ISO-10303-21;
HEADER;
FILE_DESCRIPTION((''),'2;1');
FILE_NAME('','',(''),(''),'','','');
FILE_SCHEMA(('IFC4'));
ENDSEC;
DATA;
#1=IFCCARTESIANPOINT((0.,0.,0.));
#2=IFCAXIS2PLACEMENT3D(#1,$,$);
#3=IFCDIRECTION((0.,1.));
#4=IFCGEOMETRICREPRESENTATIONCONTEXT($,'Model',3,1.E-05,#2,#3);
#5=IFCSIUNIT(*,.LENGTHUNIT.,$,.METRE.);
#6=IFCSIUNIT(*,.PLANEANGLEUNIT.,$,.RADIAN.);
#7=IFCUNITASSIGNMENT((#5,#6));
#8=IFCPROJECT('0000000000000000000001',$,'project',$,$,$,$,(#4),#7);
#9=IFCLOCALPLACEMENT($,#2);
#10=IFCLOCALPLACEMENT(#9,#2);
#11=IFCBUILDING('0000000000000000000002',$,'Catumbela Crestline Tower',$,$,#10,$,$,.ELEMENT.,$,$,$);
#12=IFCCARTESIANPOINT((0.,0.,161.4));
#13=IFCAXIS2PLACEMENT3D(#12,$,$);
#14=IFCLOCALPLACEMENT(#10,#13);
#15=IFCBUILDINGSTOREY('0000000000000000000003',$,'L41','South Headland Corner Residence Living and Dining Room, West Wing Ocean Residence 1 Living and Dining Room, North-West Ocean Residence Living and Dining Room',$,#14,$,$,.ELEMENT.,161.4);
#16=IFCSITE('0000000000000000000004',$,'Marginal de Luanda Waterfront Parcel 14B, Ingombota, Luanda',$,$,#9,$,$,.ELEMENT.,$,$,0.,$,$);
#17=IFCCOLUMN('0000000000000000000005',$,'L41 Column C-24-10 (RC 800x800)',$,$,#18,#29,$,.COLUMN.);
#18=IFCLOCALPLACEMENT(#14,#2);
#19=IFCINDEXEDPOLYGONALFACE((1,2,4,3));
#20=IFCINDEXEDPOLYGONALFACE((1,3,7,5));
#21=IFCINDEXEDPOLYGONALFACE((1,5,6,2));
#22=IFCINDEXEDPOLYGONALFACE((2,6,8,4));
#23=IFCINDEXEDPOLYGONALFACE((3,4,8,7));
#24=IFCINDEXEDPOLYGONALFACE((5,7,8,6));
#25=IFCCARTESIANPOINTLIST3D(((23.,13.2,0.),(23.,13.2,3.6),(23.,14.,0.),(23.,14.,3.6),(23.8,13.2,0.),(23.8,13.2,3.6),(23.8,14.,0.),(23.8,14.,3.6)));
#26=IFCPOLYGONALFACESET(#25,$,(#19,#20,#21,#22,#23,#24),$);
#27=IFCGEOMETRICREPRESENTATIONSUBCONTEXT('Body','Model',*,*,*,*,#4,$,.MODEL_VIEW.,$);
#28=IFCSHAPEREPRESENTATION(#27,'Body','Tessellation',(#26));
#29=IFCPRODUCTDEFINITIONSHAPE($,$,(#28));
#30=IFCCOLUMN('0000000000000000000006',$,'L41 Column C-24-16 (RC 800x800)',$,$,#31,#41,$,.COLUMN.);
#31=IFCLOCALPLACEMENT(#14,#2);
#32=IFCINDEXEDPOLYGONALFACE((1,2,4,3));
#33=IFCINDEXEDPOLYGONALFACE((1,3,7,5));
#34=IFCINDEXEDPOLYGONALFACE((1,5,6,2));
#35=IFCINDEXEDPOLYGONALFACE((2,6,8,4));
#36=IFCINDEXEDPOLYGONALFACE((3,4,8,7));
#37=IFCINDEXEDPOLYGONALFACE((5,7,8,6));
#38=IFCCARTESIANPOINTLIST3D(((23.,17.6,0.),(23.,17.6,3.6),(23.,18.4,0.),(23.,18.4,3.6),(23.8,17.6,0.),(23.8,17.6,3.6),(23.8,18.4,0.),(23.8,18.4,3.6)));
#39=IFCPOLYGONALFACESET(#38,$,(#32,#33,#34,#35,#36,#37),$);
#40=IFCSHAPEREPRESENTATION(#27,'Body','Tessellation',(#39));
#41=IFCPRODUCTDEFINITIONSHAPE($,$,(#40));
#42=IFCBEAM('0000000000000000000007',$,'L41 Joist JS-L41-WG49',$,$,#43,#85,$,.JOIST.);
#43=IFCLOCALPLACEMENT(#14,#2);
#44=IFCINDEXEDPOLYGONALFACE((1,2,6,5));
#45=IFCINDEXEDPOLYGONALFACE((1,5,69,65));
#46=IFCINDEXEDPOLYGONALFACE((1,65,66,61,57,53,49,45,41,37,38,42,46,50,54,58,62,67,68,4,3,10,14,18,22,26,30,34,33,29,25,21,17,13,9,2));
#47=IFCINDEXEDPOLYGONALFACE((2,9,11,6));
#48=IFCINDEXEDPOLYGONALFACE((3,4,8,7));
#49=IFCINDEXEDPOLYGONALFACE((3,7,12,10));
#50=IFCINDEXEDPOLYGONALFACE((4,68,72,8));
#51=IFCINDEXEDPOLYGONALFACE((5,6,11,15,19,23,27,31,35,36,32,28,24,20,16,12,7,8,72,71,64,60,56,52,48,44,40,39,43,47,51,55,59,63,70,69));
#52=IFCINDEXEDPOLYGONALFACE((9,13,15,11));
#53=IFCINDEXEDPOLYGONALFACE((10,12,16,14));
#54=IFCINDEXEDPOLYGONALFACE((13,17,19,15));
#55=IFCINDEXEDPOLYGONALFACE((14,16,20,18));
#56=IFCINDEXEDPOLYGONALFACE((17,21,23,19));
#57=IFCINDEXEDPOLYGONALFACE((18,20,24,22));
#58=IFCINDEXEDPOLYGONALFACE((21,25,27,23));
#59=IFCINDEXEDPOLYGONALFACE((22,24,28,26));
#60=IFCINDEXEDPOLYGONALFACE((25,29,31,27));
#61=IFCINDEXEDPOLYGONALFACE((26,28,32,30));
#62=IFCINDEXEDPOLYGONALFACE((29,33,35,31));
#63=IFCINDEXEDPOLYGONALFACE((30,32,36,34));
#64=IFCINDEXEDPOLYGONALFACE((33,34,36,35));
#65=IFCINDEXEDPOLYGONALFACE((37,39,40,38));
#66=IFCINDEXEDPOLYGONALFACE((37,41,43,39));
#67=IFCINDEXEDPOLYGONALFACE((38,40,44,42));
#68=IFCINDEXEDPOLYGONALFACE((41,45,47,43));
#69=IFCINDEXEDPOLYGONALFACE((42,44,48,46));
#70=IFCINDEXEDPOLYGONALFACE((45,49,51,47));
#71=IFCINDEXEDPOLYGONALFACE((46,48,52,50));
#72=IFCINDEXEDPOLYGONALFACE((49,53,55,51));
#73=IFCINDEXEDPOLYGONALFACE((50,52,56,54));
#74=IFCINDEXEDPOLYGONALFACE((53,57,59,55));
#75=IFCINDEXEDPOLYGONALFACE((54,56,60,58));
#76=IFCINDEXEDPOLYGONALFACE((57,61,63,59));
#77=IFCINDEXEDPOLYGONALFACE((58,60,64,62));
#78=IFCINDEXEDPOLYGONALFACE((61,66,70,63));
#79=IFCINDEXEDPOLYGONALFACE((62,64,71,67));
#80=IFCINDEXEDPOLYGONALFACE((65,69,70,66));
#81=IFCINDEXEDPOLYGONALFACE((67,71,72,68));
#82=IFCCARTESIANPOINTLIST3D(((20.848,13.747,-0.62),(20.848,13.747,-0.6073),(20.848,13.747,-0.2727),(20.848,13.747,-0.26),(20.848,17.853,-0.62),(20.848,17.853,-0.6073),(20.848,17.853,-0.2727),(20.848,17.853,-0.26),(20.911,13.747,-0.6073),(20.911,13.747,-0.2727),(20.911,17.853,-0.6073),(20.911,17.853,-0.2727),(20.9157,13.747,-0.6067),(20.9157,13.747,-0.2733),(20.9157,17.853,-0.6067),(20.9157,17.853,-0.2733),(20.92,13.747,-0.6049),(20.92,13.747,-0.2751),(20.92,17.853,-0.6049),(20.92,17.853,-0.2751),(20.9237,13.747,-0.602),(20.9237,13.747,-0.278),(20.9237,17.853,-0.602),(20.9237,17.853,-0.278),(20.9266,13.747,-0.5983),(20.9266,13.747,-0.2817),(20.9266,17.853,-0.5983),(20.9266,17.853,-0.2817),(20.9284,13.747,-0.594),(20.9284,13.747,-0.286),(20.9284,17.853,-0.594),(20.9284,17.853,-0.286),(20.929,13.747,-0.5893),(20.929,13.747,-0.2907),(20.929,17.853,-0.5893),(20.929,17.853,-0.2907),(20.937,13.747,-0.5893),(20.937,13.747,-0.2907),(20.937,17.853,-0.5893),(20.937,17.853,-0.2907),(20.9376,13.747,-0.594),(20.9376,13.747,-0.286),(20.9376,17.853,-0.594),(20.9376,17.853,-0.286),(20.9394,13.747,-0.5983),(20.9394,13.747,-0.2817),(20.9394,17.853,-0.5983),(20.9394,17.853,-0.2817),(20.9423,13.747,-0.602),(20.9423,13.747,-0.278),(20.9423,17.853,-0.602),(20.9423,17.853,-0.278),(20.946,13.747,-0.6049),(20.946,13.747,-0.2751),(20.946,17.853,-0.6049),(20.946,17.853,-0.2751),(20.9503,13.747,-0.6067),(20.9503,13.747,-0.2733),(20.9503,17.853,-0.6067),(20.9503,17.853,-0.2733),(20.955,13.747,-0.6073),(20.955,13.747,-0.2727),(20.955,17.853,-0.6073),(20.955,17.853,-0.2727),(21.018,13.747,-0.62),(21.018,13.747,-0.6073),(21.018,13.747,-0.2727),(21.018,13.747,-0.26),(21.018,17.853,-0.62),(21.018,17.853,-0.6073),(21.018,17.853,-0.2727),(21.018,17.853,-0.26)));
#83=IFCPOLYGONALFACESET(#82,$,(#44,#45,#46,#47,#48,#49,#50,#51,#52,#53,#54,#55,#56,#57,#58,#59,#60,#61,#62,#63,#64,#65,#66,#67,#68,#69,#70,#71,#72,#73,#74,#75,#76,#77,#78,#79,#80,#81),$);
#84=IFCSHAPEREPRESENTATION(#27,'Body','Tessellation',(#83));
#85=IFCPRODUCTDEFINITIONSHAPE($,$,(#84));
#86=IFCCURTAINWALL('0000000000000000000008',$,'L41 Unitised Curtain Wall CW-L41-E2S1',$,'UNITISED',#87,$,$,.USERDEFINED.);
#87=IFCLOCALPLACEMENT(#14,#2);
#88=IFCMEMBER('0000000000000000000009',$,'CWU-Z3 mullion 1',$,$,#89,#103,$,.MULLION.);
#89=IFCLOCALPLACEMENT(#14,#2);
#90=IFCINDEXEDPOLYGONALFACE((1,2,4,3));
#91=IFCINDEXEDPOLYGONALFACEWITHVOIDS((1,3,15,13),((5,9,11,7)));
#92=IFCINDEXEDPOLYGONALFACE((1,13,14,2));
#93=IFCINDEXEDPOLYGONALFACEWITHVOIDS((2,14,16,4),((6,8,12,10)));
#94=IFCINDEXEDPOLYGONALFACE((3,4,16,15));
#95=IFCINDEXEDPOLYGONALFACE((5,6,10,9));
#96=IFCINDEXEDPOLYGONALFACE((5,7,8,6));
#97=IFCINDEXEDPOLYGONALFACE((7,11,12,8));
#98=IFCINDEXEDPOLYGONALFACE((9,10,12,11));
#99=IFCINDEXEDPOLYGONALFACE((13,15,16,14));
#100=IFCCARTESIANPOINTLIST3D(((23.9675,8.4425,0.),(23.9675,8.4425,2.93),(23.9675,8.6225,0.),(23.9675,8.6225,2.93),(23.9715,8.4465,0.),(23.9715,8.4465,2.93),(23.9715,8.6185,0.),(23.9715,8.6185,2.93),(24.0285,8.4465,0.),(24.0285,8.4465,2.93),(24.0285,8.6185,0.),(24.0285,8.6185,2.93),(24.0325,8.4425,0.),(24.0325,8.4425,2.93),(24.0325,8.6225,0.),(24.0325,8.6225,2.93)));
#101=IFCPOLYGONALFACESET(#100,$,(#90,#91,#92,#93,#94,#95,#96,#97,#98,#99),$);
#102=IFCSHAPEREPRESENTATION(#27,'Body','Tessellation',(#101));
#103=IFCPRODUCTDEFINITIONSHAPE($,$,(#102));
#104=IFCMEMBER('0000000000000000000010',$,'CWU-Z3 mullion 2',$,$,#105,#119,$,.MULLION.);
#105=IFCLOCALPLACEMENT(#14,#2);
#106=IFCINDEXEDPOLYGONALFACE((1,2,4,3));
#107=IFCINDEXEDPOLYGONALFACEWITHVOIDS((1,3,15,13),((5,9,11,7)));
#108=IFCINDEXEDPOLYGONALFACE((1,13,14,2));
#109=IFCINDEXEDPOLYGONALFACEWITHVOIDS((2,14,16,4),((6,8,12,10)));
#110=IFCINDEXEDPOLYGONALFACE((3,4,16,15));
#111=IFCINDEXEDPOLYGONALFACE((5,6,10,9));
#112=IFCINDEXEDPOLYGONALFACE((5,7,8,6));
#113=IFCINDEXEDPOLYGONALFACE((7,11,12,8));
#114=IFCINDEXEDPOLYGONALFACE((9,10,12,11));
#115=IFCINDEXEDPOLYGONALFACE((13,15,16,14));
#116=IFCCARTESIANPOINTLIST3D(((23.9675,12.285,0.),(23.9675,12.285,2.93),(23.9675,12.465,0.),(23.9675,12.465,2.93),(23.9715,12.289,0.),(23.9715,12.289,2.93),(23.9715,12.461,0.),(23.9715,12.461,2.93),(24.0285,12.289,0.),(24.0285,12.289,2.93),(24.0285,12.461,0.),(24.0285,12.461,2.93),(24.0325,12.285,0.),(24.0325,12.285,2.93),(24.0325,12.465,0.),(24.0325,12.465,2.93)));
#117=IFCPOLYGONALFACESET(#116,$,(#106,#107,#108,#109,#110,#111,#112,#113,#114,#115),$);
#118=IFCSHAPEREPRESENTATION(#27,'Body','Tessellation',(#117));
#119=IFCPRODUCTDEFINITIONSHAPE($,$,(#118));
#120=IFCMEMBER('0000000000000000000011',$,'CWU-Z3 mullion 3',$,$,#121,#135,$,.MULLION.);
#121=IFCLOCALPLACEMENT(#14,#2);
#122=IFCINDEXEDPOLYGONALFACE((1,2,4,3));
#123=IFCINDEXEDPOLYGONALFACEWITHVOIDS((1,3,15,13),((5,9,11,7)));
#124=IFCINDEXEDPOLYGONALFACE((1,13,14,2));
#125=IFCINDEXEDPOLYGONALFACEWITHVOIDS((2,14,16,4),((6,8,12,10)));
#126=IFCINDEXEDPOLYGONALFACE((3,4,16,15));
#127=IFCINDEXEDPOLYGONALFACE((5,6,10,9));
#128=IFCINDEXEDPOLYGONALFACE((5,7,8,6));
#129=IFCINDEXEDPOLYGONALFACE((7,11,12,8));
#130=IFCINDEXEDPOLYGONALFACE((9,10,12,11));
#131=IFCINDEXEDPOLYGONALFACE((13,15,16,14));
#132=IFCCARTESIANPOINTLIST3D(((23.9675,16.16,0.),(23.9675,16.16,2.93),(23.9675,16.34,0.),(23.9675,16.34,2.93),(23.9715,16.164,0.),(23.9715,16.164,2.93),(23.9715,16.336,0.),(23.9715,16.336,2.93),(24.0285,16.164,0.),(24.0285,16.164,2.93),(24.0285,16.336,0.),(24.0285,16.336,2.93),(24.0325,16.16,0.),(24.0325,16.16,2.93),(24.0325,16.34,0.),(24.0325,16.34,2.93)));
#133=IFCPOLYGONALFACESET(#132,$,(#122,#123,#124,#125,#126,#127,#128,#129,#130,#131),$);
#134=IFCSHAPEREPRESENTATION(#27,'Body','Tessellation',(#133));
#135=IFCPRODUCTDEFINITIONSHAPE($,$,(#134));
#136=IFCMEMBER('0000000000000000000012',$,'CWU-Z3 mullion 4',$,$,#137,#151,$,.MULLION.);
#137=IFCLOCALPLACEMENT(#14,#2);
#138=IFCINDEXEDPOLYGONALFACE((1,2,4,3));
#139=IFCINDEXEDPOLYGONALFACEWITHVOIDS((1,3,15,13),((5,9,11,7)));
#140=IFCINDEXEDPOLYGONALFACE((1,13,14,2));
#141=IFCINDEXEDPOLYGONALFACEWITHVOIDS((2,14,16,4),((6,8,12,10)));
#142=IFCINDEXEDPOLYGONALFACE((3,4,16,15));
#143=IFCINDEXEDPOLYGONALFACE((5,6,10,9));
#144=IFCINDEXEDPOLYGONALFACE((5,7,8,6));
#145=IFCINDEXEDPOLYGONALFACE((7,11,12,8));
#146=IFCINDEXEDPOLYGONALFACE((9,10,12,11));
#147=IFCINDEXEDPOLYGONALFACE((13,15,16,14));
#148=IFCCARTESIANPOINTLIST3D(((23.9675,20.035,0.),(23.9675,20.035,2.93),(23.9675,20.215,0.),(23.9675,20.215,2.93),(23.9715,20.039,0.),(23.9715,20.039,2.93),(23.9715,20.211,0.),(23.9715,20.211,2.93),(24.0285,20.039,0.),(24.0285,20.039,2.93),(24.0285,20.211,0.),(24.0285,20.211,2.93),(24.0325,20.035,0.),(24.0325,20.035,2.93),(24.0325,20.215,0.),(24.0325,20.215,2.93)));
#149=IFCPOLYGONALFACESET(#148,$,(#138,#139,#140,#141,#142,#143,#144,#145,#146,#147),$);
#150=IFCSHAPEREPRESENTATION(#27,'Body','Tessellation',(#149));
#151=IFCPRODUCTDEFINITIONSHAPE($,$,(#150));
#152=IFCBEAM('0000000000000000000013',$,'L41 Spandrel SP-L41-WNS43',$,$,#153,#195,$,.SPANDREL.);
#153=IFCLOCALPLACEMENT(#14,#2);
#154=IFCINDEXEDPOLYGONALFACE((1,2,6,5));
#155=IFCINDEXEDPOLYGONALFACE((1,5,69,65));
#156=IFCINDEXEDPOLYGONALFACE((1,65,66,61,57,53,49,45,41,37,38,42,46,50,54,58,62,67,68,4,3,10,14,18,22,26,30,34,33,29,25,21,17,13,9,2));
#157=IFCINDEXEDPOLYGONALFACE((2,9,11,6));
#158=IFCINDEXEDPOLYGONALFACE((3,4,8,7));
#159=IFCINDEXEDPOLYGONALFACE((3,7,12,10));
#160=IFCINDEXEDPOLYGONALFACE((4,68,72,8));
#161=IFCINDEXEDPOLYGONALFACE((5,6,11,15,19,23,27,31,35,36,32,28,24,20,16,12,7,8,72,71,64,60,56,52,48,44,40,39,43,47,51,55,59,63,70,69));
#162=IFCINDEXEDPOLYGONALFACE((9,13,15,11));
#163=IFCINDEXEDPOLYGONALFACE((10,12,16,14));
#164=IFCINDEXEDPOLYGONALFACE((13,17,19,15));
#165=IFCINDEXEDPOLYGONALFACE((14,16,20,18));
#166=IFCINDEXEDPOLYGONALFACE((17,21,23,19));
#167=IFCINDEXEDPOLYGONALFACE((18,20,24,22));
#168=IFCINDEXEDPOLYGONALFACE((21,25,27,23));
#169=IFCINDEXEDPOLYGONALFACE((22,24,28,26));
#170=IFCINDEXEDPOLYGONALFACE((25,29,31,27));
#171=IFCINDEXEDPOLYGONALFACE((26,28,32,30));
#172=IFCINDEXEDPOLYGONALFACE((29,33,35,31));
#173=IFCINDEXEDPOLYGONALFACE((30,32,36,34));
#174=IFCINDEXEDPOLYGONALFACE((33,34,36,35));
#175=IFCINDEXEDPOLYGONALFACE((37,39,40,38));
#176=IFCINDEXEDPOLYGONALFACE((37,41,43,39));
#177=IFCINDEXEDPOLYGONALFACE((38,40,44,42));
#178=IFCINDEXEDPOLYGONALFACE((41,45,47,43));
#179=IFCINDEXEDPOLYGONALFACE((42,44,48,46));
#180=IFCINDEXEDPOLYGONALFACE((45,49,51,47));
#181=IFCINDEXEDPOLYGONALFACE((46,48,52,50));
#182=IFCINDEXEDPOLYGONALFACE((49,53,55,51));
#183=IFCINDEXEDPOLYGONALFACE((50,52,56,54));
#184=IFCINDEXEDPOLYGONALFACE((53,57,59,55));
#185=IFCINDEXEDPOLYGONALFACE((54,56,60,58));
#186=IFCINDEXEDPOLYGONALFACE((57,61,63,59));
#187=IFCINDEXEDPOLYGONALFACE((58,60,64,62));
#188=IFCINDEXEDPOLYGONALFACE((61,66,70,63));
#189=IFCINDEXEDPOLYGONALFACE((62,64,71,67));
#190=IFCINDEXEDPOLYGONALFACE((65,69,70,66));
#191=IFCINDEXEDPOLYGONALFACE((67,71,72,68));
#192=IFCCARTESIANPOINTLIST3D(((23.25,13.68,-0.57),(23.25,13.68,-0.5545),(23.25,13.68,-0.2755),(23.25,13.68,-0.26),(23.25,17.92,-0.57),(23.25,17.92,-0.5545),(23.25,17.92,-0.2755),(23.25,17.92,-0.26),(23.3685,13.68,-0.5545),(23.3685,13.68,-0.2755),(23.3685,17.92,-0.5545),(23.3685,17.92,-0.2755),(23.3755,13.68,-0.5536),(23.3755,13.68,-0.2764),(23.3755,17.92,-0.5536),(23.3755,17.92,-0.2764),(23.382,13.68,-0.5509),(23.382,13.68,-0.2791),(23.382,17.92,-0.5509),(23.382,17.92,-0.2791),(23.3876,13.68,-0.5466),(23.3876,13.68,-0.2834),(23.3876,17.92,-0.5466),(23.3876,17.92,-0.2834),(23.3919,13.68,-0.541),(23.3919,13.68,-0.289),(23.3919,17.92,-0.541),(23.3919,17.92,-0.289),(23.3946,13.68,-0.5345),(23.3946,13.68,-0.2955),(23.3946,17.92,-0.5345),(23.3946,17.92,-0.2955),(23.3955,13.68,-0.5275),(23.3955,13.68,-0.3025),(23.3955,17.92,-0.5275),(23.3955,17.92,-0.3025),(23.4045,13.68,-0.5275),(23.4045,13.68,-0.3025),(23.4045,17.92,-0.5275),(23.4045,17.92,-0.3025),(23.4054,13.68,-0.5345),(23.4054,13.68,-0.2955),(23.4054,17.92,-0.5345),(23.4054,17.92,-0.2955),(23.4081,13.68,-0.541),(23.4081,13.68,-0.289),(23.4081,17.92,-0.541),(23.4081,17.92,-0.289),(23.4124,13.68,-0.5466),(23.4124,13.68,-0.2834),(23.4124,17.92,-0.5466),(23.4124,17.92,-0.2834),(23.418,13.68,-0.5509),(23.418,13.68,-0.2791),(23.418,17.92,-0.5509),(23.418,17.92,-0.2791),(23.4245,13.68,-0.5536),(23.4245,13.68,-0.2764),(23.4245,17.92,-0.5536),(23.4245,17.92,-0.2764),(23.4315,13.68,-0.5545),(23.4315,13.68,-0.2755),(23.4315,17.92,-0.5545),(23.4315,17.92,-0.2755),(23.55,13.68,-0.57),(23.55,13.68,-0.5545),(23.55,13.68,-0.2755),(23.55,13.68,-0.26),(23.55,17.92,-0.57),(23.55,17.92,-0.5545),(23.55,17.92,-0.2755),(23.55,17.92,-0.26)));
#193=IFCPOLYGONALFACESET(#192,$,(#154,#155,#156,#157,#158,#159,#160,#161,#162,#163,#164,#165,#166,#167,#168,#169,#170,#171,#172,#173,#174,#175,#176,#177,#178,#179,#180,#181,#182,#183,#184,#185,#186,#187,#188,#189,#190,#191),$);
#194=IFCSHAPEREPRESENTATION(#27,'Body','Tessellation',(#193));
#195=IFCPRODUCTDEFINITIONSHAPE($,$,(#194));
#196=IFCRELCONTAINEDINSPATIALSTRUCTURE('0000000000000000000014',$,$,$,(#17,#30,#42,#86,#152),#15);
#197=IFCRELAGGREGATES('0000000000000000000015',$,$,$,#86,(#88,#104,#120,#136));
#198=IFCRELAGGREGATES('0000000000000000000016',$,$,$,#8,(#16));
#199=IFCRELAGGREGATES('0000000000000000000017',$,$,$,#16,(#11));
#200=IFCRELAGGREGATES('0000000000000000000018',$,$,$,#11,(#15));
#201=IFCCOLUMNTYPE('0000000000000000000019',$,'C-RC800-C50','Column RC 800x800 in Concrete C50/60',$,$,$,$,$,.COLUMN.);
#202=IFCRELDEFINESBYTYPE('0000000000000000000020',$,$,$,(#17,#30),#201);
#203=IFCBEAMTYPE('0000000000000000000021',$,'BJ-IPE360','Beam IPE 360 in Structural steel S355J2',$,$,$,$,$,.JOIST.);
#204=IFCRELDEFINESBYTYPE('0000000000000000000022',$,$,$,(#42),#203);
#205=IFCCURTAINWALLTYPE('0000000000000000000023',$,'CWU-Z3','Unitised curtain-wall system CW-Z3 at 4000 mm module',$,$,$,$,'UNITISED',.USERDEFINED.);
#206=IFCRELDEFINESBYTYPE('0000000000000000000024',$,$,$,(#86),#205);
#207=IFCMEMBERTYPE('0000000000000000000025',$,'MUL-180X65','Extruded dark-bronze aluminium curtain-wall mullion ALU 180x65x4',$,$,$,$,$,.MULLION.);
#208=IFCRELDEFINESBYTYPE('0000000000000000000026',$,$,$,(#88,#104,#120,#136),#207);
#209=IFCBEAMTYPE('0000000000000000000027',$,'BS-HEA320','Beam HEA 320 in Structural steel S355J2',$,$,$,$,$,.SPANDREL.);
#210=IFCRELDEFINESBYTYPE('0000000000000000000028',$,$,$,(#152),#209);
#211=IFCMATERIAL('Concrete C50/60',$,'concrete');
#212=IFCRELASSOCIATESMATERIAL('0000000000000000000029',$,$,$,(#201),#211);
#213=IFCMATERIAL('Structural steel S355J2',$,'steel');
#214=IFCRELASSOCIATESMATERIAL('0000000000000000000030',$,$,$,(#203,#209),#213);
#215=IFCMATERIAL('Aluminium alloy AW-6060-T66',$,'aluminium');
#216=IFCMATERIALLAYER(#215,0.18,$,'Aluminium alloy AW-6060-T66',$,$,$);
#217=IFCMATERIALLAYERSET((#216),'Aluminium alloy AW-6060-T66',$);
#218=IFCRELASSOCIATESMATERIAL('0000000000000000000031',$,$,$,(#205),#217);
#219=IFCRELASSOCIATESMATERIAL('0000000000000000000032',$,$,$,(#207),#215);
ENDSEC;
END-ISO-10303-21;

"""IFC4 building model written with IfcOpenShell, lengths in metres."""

from ifc_helpers import new_model, si_unit, direction, frame, origin, origin_2d, place, context, subcontext, project, spatial, rectangle, hollow_rectangle, i_section, extrude, material, layer, layer_set, material_profile, profile_set, type_object, element, aggregate, save


model = new_model("IFC4")

# Units and contexts
model_context = context("Model", 3, precision=1e-05, world=origin(), true_north=direction((0.0, 1.0)))
body_context = subcontext(model_context, "Body", "Model", "MODEL_VIEW")
ifc_project = project(units=[si_unit("LENGTHUNIT", "METRE"), si_unit("PLANEANGLEUNIT", "RADIAN")], contexts=[model_context])

# Site, building, storey
site_placement = place(None, origin())
site = spatial("IfcSite", under=ifc_project, at=site_placement, Name="Marginal de Luanda Waterfront Parcel 14B, Ingombota, Luanda", CompositionType="ELEMENT", RefElevation=0.0)
building_placement = place(site_placement, origin())
building = spatial("IfcBuilding", under=site, at=building_placement, Name="Catumbela Crestline Tower", CompositionType="ELEMENT")
storey_placement = place(building_placement, frame((0.0, 0.0, 161.4)))
storey = spatial("IfcBuildingStorey", under=building, at=storey_placement, Name="L41", Description="South Headland Corner Residence Living and Dining Room, West Wing Ocean Residence 1 Living and Dining Room, North-West Ocean Residence Living and Dining Room", CompositionType="ELEMENT", Elevation=161.4)

# Columns
ifc_material_1 = material(Name="Concrete C50/60", Category="concrete")
ifc_material_profile_1 = material_profile(ifc_material_1, rectangle(XDim=0.8, YDim=0.8, at=origin_2d()), Name="RC 800x800")
ifc_profile_set_1 = profile_set([ifc_material_profile_1], Name="Concrete C50/60")
column_type = type_object("IfcColumnType", Name="C-RC800-C50", Description="Column RC 800x800 in Concrete C50/60", PredefinedType="COLUMN", material=ifc_profile_set_1)
for number, where, z_axis, x_axis, name in (
    (1, (23.4, 13.6, 0.0), (0.0, 0.0, 1.0), (1.0, 0.0, 0.0), "L41 Column C-24-10 (RC 800x800)"),
    (2, (23.4, 18.0, 0.0), (0.0, 0.0, 1.0), (1.0, 0.0, 0.0), "L41 Column C-24-16 (RC 800x800)"),
):
    element("IfcColumn", number, at=place(storey_placement, frame(where, z_axis=z_axis, x_axis=x_axis)), inside=storey, type_object=column_type, Name=name, PredefinedType="COLUMN", context=body_context, shape_type="SweptSolid", body=[
        extrude(rectangle(XDim=0.8, YDim=0.8, at=origin_2d()), origin(), (0.0, 0.0, 1.0), 3.6),
    ])

# Beam
ifc_material_2 = material(Name="Structural steel S355J2", Category="steel")
ifc_material_profile_2 = material_profile(ifc_material_2, i_section(OverallWidth=0.17, OverallDepth=0.36, WebThickness=0.008, FlangeThickness=0.0127, FilletRadius=0.018, at=origin_2d()), Name="IPE 360")
ifc_profile_set_2 = profile_set([ifc_material_profile_2], Name="Structural steel S355J2")
beam_type_1 = type_object("IfcBeamType", Name="BJ-IPE360", Description="Beam IPE 360 in Structural steel S355J2", PredefinedType="JOIST", material=ifc_profile_set_2)
beam_1_placement = place(storey_placement, frame((20.933, 13.747, -0.44), z_axis=(0.0, 1.0, 0.0), x_axis=(-1.0, 0.0, 0.0)))
element("IfcBeam", 3, at=beam_1_placement, inside=storey, type_object=beam_type_1, Name="L41 Joist JS-L41-WG49", PredefinedType="JOIST", context=body_context, shape_type="SweptSolid", body=[
    extrude(i_section(OverallWidth=0.17, OverallDepth=0.36, WebThickness=0.008, FlangeThickness=0.0127, FilletRadius=0.018, at=origin_2d()), origin(), (0.0, 0.0, 1.0), 4.106),
])

# Curtain wall, members
ifc_material_3 = material(Name="Aluminium alloy AW-6060-T66", Category="aluminium")
ifc_layer_1 = layer(ifc_material_3, 0.18, Name="Aluminium alloy AW-6060-T66")
ifc_layer_set_1 = layer_set([ifc_layer_1], Name="Aluminium alloy AW-6060-T66")
curtain_wall_type = type_object("IfcCurtainWallType", Name="CWU-Z3", Description="Unitised curtain-wall system CW-Z3 at 4000 mm module", ElementType="UNITISED", PredefinedType="USERDEFINED", material=ifc_layer_set_1)
curtain_wall_placement = place(storey_placement, origin())
curtain_wall = element("IfcCurtainWall", 4, at=curtain_wall_placement, inside=storey, type_object=curtain_wall_type, Name="L41 Unitised Curtain Wall CW-L41-E2S1", ObjectType="UNITISED", PredefinedType="USERDEFINED")
ifc_material_profile_3 = material_profile(ifc_material_3, hollow_rectangle(XDim=0.065, YDim=0.18, WallThickness=0.004, at=origin_2d()), Name="ALU 180x65x4")
ifc_profile_set_3 = profile_set([ifc_material_profile_3], Name="Aluminium alloy AW-6060-T66")
member_type_1 = type_object("IfcMemberType", Name="MUL-180X65", Description="Extruded dark-bronze aluminium curtain-wall mullion ALU 180x65x4", PredefinedType="MULLION", material=ifc_profile_set_3)
member_1_placement = place(storey_placement, frame((24.0, 8.5325, 0.0), z_axis=(0.0, 0.0, 1.0), x_axis=(-1.0, 0.0, 0.0)))
member_1 = element("IfcMember", 5, at=member_1_placement, type_object=member_type_1, Name="CWU-Z3 mullion 1", PredefinedType="MULLION", context=body_context, shape_type="SweptSolid", body=[
    extrude(hollow_rectangle(XDim=0.065, YDim=0.18, WallThickness=0.004, at=origin_2d()), origin(), (0.0, 0.0, 1.0), 2.93),
])
member_2_placement = place(storey_placement, frame((24.0, 12.375, 0.0), z_axis=(0.0, 0.0, 1.0), x_axis=(-1.0, 0.0, 0.0)))
member_2 = element("IfcMember", 6, at=member_2_placement, type_object=member_type_1, Name="CWU-Z3 mullion 2", PredefinedType="MULLION", context=body_context, shape_type="SweptSolid", body=[
    extrude(hollow_rectangle(XDim=0.065, YDim=0.18, WallThickness=0.004, at=origin_2d()), origin(), (0.0, 0.0, 1.0), 2.93),
])
member_3_placement = place(storey_placement, frame((24.0, 16.25, 0.0), z_axis=(0.0, 0.0, 1.0), x_axis=(-1.0, 0.0, 0.0)))
member_3 = element("IfcMember", 7, at=member_3_placement, type_object=member_type_1, Name="CWU-Z3 mullion 3", PredefinedType="MULLION", context=body_context, shape_type="SweptSolid", body=[
    extrude(hollow_rectangle(XDim=0.065, YDim=0.18, WallThickness=0.004, at=origin_2d()), origin(), (0.0, 0.0, 1.0), 2.93),
])
member_4_placement = place(storey_placement, frame((24.0, 20.125, 0.0), z_axis=(0.0, 0.0, 1.0), x_axis=(-1.0, 0.0, 0.0)))
member_4 = element("IfcMember", 8, at=member_4_placement, type_object=member_type_1, Name="CWU-Z3 mullion 4", PredefinedType="MULLION", context=body_context, shape_type="SweptSolid", body=[
    extrude(hollow_rectangle(XDim=0.065, YDim=0.18, WallThickness=0.004, at=origin_2d()), origin(), (0.0, 0.0, 1.0), 2.93),
])

# Beam
ifc_material_profile_4 = material_profile(ifc_material_2, i_section(OverallWidth=0.3, OverallDepth=0.31, WebThickness=0.009, FlangeThickness=0.0155, FilletRadius=0.027, at=origin_2d()), Name="HEA 320")
ifc_profile_set_4 = profile_set([ifc_material_profile_4], Name="Structural steel S355J2")
beam_type_2 = type_object("IfcBeamType", Name="BS-HEA320", Description="Beam HEA 320 in Structural steel S355J2", PredefinedType="SPANDREL", material=ifc_profile_set_4)
beam_2_placement = place(storey_placement, frame((23.4, 13.68, -0.415), z_axis=(0.0, 1.0, 0.0), x_axis=(-1.0, 0.0, 0.0)))
element("IfcBeam", 9, at=beam_2_placement, inside=storey, type_object=beam_type_2, Name="L41 Spandrel SP-L41-WNS43", PredefinedType="SPANDREL", context=body_context, shape_type="SweptSolid", body=[
    extrude(i_section(OverallWidth=0.3, OverallDepth=0.31, WebThickness=0.009, FlangeThickness=0.0155, FilletRadius=0.027, at=origin_2d()), origin(), (0.0, 0.0, 1.0), 4.24),
])

aggregate(curtain_wall, [member_1, member_2, member_3, member_4])

save(model, "model.ifc")
